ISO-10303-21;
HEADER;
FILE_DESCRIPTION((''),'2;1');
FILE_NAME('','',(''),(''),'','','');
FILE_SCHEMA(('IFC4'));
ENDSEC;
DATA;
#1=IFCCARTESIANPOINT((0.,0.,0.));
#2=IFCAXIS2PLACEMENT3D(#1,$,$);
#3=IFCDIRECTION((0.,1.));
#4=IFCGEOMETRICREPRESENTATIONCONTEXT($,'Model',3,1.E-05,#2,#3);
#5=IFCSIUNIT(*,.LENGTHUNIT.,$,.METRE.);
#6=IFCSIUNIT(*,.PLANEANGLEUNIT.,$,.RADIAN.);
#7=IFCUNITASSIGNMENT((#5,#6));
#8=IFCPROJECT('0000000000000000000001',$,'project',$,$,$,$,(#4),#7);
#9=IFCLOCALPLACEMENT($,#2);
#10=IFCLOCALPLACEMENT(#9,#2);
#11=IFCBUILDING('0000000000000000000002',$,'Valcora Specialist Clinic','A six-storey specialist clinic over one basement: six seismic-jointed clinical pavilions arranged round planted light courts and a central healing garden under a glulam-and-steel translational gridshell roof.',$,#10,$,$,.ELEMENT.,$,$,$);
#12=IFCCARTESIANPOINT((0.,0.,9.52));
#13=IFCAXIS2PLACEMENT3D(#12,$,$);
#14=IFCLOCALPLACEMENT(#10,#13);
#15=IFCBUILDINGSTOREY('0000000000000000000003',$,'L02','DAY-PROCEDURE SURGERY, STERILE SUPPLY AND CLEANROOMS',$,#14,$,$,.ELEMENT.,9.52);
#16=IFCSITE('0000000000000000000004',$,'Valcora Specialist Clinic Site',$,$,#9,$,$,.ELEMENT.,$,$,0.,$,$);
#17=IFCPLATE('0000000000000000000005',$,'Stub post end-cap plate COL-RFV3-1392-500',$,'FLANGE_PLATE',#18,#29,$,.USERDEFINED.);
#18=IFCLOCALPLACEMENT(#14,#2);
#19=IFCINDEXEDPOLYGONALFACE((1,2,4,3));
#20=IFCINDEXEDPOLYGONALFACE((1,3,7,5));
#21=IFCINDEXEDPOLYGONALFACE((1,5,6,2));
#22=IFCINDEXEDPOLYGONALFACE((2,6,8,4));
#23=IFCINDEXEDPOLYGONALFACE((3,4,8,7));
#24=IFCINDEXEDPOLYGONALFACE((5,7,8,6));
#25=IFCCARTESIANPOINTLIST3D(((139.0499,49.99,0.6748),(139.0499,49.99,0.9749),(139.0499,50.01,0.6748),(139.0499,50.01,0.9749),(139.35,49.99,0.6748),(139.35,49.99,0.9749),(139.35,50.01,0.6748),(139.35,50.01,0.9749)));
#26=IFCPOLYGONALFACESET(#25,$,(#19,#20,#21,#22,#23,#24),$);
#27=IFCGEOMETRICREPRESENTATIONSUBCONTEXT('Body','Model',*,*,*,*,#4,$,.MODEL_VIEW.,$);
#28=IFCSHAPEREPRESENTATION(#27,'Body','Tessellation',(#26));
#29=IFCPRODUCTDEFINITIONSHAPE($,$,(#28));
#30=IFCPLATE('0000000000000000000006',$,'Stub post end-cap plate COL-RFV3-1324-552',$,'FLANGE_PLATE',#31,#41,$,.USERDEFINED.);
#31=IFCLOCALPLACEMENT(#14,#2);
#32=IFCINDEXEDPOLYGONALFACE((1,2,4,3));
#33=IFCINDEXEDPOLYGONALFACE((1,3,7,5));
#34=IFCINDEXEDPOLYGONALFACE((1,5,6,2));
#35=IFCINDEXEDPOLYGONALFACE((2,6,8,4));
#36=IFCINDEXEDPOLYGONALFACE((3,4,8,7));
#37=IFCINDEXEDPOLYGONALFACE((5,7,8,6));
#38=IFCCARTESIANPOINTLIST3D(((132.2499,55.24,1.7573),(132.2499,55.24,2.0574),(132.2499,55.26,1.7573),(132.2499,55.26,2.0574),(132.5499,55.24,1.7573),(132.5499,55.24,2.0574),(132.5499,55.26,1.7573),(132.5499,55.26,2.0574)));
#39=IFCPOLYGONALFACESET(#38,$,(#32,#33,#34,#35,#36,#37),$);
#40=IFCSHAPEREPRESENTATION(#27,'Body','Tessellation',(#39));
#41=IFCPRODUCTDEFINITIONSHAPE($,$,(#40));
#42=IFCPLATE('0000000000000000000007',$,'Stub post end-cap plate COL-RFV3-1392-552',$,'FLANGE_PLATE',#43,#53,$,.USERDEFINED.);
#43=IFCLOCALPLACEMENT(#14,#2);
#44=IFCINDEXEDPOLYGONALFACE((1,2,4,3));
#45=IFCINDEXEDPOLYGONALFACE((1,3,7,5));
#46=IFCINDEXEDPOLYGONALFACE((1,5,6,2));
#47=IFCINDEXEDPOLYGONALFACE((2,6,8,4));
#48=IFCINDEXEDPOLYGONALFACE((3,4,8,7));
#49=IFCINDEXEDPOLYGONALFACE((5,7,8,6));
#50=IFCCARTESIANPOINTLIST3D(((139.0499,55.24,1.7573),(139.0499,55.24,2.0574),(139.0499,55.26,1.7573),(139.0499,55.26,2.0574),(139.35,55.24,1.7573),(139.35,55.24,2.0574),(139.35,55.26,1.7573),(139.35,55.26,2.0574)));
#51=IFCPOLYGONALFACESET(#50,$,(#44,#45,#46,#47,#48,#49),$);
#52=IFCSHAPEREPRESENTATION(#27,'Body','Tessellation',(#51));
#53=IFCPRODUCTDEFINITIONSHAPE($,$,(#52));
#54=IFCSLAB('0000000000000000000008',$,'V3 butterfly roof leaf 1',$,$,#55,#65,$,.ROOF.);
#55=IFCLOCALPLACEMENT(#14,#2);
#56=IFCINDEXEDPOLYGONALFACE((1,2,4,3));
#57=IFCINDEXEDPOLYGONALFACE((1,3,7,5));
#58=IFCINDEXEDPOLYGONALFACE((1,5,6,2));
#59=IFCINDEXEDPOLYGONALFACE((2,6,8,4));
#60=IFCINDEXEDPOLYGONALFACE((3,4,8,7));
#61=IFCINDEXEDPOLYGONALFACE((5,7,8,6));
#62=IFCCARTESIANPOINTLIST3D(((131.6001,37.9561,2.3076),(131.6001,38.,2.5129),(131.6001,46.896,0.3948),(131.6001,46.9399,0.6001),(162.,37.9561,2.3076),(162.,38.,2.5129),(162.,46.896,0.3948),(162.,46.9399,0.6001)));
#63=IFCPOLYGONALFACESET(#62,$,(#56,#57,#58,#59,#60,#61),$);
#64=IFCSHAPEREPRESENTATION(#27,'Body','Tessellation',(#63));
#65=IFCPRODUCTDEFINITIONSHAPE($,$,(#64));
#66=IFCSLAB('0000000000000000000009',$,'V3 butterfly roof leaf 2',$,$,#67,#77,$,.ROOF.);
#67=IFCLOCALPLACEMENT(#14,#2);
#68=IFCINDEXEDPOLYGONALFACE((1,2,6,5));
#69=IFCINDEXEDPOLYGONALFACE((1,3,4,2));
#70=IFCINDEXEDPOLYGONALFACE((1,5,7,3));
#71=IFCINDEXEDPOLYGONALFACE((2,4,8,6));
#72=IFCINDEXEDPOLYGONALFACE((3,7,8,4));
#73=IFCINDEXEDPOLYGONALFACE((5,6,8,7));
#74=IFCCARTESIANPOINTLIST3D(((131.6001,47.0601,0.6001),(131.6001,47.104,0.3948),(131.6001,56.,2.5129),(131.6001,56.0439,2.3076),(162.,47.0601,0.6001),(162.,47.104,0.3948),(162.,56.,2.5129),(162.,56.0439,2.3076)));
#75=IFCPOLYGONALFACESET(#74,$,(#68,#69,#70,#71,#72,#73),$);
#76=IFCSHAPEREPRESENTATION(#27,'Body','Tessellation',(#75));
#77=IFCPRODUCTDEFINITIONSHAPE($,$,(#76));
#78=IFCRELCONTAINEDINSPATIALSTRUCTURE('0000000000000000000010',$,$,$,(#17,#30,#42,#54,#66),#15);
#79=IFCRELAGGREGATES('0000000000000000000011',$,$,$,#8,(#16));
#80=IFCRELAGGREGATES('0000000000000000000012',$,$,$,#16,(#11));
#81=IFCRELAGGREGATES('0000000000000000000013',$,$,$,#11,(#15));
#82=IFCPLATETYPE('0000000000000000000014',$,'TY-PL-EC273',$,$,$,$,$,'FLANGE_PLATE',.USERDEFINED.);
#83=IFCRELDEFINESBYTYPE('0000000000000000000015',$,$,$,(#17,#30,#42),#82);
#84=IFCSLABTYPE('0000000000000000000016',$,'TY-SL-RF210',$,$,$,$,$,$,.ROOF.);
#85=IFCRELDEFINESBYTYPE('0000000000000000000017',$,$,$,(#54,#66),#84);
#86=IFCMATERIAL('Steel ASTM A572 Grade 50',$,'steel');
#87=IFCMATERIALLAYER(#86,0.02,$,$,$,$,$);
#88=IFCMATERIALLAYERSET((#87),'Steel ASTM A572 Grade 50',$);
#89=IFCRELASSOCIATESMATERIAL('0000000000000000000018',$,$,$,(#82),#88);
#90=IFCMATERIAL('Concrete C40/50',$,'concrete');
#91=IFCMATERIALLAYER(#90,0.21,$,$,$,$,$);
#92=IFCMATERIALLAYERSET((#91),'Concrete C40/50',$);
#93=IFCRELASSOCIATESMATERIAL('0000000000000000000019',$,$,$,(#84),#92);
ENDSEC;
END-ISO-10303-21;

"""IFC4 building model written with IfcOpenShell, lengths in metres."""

from ifc_helpers import new_model, si_unit, direction, frame, origin, origin_2d, place, context, subcontext, project, spatial, polyline, rectangle, outline, extrude, material, layer, layer_set, type_object, element, save


model = new_model("IFC4")

# Units and contexts
model_context = context("Model", 3, precision=1e-05, world=origin(), true_north=direction((0.0, 1.0)))
body_context = subcontext(model_context, "Body", "Model", "MODEL_VIEW")
ifc_project = project(units=[si_unit("LENGTHUNIT", "METRE"), si_unit("PLANEANGLEUNIT", "RADIAN")], contexts=[model_context])

# Site, building, storey
site_placement = place(None, origin())
site = spatial("IfcSite", under=ifc_project, at=site_placement, Name="Valcora Specialist Clinic Site", CompositionType="ELEMENT", RefElevation=0.0)
building_placement = place(site_placement, origin())
building = spatial("IfcBuilding", under=site, at=building_placement, Name="Valcora Specialist Clinic", Description="A six-storey specialist clinic over one basement: six seismic-jointed clinical pavilions arranged round planted light courts and a central healing garden under a glulam-and-steel translational gridshell roof.", CompositionType="ELEMENT")
storey_placement = place(building_placement, frame((0.0, 0.0, 9.52)))
storey = spatial("IfcBuildingStorey", under=building, at=storey_placement, Name="L02", Description="DAY-PROCEDURE SURGERY, STERILE SUPPLY AND CLEANROOMS", CompositionType="ELEMENT", Elevation=9.52)

# Plates
ifc_material_1 = material(Name="Steel ASTM A572 Grade 50", Category="steel")
ifc_layer_1 = layer(ifc_material_1, 0.02)
ifc_layer_set_1 = layer_set([ifc_layer_1], Name="Steel ASTM A572 Grade 50")
plate_type = type_object("IfcPlateType", Name="TY-PL-EC273", ElementType="FLANGE_PLATE", PredefinedType="USERDEFINED", material=ifc_layer_set_1)
for number, where, z_axis, x_axis, name in (
    (1, (139.2, 50.0, 0.6748), (0.0, 0.0, 1.0), (1.0, 0.0, 0.0), "Stub post end-cap plate COL-RFV3-1392-500"),
    (2, (132.3999, 55.25, 1.7573), (0.0, 0.0, 1.0), (1.0, 0.0, 0.0), "Stub post end-cap plate COL-RFV3-1324-552"),
    (3, (139.2, 55.25, 1.7573), (0.0, 0.0, 1.0), (1.0, 0.0, 0.0), "Stub post end-cap plate COL-RFV3-1392-552"),
):
    element("IfcPlate", number, at=place(storey_placement, frame(where, z_axis=z_axis, x_axis=x_axis)), inside=storey, type_object=plate_type, Name=name, ObjectType="FLANGE_PLATE", PredefinedType="USERDEFINED", context=body_context, shape_type="SweptSolid", body=[
        extrude(rectangle(XDim=0.3, YDim=0.02, at=origin_2d()), origin(), (0.0, 0.0, 1.0), 0.3),
    ])

# Slabs
ifc_material_2 = material(Name="Concrete C40/50", Category="concrete")
ifc_layer_2 = layer(ifc_material_2, 0.21)
ifc_layer_set_2 = layer_set([ifc_layer_2], Name="Concrete C40/50")
slab_type = type_object("IfcSlabType", Name="TY-SL-RF210", PredefinedType="ROOF", material=ifc_layer_set_2)
for number, where, z_axis, x_axis, name in (
    (4, (131.6001, 38.0, 2.5129), (0.0, 0.20923, 0.977866), (1.0, 0.0, 0.0), "V3 butterfly roof leaf 1"),
    (5, (131.6001, 47.0601, 0.6001), (0.0, -0.20923, 0.977866), (1.0, 0.0, 0.0), "V3 butterfly roof leaf 2"),
):
    element("IfcSlab", number, at=place(storey_placement, frame(where, z_axis=z_axis, x_axis=x_axis)), inside=storey, type_object=slab_type, Name=name, PredefinedType="ROOF", context=body_context, shape_type="SweptSolid", body=[
        extrude(outline(polyline([(0.0, 0.0), (30.3999, 0.0), (30.3999, 9.1423), (0.0, 9.1423), (0.0, 0.0)])), origin(), (0.0, 0.0, -1.0), 0.21),
    ])

save(model, "model.ifc")
